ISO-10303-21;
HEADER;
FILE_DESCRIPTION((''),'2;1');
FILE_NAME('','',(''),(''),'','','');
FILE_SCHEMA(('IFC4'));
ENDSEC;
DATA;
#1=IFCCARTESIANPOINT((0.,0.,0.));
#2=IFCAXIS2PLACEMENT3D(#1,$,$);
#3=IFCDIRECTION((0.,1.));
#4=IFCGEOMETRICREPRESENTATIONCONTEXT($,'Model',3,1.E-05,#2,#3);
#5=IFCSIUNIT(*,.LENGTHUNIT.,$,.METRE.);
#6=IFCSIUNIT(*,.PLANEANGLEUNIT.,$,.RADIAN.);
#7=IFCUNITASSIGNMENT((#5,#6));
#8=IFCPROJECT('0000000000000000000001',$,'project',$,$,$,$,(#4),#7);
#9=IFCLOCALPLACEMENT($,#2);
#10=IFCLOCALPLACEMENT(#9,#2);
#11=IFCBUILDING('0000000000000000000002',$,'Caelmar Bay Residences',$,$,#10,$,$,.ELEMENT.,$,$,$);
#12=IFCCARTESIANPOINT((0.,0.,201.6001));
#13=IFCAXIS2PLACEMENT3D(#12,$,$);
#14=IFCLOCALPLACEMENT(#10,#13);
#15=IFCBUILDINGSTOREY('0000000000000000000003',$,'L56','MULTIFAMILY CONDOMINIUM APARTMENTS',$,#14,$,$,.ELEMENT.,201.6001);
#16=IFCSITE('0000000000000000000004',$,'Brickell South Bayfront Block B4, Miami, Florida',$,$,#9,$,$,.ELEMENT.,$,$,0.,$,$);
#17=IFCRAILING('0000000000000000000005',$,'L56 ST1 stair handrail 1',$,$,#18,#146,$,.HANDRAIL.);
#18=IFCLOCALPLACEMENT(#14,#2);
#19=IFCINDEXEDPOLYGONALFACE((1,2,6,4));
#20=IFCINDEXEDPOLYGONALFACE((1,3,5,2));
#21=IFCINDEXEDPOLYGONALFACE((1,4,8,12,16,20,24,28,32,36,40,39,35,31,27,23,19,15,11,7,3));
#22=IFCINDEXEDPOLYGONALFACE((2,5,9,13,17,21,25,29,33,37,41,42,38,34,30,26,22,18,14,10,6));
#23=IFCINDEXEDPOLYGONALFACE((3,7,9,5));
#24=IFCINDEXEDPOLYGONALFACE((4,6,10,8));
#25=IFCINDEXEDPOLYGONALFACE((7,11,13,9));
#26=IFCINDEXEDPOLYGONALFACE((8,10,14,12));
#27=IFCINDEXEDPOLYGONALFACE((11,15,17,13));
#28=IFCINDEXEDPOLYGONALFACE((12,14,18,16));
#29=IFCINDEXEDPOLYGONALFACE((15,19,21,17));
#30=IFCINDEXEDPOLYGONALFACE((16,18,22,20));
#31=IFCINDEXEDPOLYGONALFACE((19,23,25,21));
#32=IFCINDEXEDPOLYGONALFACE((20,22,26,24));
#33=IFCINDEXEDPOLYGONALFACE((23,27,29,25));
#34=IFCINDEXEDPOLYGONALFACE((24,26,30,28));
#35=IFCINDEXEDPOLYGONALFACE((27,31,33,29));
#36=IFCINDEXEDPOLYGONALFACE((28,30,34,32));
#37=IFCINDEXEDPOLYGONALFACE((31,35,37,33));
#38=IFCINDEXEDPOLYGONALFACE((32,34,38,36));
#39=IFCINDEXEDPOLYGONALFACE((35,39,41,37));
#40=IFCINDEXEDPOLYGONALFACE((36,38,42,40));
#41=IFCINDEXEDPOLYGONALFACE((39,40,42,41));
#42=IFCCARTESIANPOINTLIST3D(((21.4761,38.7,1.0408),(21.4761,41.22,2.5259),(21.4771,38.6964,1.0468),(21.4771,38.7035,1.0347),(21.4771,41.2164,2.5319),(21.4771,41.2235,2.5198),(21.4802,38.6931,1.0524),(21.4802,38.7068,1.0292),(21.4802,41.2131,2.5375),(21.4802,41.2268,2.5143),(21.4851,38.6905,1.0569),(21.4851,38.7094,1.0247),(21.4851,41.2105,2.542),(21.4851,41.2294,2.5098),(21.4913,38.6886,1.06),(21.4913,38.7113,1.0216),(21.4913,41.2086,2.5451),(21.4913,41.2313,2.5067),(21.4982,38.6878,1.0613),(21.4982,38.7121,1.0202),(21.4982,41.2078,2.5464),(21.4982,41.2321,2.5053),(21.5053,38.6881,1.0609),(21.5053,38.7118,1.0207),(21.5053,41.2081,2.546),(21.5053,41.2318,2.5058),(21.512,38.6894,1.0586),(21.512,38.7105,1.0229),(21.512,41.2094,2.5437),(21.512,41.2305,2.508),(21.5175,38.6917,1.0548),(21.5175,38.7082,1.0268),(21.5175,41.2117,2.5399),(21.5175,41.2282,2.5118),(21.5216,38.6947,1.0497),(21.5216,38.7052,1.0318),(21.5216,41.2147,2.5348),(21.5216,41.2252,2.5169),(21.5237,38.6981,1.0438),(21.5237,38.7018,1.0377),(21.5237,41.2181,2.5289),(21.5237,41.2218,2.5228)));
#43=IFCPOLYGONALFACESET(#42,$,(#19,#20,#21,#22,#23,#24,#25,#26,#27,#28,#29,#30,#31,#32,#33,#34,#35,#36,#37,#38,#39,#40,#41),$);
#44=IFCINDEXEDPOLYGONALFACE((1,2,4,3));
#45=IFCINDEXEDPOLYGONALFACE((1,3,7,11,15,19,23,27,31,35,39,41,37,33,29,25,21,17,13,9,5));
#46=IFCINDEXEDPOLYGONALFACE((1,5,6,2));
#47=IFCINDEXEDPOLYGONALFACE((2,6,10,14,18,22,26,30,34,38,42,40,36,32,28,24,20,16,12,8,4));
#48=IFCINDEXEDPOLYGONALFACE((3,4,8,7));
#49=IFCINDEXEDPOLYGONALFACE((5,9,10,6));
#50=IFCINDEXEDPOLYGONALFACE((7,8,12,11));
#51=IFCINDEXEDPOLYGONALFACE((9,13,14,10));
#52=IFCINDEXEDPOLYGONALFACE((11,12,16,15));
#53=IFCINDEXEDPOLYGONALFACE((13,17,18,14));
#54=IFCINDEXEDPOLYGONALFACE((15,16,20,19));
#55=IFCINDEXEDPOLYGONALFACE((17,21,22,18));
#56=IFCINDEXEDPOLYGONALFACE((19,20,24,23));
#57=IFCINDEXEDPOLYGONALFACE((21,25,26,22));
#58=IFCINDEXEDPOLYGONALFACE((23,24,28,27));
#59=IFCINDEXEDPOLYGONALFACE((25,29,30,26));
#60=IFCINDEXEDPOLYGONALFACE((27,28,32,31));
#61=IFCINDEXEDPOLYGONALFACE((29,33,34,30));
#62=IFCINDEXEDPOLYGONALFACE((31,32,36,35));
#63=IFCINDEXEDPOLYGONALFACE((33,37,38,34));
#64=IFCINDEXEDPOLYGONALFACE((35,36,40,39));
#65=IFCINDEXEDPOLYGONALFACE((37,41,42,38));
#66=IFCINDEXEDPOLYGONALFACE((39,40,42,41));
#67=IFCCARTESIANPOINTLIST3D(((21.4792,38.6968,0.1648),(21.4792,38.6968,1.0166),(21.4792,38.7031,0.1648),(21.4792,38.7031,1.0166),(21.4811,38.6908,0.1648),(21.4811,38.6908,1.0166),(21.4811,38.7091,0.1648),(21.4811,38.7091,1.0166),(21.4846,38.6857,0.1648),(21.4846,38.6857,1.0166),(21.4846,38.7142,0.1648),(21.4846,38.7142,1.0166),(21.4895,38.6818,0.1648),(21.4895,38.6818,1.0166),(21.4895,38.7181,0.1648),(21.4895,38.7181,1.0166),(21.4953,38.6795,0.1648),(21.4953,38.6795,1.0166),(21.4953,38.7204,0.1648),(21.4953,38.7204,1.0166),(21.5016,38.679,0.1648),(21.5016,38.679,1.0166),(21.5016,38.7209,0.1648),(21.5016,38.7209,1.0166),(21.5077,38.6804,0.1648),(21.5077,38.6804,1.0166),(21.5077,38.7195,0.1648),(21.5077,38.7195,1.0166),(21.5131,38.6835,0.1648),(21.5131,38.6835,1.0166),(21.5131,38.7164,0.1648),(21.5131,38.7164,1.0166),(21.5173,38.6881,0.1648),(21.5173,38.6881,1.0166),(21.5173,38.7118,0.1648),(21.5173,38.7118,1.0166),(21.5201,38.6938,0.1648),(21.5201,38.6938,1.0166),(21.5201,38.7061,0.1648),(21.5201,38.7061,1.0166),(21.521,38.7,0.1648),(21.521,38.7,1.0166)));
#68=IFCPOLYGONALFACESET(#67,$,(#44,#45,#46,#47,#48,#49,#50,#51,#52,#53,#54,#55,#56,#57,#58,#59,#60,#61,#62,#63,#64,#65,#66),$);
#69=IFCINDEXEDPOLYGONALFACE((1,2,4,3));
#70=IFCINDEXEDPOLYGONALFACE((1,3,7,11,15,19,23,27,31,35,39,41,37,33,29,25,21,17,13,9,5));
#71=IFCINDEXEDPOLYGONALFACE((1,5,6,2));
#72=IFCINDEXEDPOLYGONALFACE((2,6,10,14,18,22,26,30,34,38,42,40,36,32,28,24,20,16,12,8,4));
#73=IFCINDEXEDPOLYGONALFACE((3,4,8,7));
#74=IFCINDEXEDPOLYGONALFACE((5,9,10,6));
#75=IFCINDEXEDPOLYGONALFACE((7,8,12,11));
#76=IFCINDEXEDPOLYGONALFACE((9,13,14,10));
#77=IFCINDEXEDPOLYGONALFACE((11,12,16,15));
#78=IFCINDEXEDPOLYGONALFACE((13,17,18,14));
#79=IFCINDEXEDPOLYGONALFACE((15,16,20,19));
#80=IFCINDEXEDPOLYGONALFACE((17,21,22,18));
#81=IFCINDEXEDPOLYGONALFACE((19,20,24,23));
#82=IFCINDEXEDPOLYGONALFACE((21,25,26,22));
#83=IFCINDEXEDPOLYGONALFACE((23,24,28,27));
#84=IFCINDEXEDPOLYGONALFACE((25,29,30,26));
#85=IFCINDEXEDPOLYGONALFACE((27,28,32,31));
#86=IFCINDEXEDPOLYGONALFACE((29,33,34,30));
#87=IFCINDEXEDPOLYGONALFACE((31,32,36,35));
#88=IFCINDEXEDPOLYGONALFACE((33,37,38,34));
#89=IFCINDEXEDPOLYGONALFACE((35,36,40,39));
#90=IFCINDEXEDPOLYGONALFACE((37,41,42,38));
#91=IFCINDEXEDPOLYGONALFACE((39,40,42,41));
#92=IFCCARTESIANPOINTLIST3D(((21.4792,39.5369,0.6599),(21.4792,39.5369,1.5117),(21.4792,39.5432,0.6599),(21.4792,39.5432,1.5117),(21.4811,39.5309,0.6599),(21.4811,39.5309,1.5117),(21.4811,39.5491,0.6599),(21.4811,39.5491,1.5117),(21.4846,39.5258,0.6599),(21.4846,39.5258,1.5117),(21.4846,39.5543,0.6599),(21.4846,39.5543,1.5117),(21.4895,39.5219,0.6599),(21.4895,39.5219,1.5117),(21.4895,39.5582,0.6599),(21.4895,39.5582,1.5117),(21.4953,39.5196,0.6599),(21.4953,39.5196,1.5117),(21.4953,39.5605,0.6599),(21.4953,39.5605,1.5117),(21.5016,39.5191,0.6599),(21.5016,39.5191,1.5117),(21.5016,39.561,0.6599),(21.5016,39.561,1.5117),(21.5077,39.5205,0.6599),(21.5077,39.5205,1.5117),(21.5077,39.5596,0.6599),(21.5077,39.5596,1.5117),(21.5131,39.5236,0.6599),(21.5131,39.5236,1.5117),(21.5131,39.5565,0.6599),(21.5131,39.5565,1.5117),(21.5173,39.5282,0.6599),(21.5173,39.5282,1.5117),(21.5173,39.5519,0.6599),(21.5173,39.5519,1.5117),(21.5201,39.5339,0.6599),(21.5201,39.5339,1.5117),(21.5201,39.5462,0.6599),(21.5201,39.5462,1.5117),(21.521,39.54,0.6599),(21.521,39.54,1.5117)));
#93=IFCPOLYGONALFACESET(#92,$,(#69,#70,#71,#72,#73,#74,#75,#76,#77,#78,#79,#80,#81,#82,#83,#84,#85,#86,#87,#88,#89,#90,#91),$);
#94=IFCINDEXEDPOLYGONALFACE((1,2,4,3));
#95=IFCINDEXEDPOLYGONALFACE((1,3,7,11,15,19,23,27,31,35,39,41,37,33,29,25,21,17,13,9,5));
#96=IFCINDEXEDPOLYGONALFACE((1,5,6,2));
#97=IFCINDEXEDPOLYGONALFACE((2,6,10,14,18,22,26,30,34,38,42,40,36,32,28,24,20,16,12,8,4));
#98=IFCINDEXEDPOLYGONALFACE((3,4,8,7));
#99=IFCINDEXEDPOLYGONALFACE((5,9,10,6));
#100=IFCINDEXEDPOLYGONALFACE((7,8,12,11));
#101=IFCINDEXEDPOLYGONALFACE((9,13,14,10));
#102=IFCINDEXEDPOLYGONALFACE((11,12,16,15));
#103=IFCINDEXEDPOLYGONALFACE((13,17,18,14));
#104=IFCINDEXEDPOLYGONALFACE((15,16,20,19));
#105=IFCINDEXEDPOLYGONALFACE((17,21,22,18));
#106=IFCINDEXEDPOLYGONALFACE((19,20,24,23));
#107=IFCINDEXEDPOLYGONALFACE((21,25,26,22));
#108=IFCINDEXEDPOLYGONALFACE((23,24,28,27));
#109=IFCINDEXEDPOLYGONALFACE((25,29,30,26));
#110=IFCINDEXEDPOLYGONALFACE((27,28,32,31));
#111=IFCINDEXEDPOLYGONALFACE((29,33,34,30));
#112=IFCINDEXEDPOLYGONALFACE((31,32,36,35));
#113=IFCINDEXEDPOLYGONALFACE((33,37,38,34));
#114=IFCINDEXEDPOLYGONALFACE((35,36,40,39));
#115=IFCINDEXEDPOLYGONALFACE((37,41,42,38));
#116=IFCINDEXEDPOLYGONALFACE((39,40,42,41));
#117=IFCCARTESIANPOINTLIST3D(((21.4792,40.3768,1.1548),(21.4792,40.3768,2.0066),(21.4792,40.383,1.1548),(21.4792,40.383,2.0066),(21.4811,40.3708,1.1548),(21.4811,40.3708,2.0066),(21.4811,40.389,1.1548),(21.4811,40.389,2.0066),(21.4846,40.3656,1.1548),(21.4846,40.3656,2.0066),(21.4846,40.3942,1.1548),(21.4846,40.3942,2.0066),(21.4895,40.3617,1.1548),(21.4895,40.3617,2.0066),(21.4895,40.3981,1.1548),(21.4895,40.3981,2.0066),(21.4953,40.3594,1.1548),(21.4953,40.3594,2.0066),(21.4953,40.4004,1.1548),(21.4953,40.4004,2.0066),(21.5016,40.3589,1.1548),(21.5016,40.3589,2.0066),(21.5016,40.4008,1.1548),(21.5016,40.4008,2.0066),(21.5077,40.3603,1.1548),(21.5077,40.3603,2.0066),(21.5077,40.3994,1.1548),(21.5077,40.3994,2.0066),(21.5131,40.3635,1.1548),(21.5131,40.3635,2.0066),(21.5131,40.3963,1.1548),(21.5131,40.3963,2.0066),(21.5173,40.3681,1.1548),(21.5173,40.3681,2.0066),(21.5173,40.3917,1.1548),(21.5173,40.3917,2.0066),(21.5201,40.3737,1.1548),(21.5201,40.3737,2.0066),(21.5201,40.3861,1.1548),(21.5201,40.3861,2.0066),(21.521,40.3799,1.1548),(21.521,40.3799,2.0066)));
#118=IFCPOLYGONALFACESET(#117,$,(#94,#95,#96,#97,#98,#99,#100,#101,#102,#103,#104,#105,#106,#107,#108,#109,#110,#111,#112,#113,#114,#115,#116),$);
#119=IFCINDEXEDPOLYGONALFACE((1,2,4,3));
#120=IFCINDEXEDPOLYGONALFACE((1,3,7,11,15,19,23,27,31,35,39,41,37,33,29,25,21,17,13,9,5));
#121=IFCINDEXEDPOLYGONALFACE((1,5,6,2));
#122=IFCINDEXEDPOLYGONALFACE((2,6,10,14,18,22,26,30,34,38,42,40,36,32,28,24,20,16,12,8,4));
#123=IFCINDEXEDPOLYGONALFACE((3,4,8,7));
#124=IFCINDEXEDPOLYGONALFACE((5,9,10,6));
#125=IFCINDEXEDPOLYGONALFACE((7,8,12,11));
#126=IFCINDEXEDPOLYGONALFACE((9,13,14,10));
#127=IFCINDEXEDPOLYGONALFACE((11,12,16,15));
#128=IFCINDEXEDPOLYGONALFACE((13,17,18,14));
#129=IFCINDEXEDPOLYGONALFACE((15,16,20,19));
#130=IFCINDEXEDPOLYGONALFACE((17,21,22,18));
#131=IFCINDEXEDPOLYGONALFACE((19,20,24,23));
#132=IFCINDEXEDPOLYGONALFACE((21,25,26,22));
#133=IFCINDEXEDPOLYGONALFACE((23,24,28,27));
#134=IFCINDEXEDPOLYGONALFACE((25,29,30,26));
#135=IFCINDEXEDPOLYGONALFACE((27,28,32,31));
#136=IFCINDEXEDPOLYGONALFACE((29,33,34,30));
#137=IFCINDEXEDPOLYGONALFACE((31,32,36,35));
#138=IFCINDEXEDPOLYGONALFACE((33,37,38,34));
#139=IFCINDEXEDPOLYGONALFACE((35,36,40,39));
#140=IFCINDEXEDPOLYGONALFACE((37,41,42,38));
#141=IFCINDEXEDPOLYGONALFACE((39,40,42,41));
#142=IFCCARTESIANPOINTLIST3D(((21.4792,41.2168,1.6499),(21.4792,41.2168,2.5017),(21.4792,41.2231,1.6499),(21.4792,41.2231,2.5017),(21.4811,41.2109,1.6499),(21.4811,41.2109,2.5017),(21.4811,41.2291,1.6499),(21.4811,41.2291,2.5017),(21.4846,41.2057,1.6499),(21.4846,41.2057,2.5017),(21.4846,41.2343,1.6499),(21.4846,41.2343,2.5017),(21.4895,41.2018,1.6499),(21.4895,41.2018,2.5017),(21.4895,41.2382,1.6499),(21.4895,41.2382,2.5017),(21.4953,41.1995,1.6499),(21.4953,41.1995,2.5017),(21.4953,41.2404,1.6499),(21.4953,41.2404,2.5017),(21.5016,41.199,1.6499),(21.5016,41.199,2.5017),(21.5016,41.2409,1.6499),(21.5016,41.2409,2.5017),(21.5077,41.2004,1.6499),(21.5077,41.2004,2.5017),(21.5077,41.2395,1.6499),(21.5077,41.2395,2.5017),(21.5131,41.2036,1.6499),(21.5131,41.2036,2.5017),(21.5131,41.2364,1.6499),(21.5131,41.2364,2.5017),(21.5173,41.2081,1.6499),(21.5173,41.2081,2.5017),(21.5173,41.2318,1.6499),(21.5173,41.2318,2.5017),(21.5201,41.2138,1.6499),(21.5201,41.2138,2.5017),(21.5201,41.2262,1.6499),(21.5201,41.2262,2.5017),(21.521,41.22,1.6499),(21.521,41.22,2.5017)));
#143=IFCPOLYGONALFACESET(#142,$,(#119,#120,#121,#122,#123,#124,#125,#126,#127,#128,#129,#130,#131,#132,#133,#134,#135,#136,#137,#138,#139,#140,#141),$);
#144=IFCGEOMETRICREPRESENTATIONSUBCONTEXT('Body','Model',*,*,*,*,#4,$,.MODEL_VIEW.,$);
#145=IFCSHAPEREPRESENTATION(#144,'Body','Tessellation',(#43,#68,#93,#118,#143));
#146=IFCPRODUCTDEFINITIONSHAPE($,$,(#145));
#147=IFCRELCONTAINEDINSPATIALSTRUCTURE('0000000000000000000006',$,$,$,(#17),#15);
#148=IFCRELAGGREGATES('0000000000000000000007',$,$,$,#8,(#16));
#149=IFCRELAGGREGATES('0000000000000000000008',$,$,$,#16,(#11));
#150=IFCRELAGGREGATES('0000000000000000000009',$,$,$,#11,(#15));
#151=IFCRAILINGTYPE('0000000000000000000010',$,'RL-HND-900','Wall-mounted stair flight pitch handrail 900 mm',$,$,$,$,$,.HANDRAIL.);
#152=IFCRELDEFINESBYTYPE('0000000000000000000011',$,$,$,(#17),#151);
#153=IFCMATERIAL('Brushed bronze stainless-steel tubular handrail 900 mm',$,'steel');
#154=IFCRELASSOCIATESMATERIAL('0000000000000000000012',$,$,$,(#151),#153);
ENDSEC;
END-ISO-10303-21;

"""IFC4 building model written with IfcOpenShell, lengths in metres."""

from ifc_helpers import new_model, si_unit, direction, frame, origin, origin_2d, place, context, subcontext, project, spatial, circle, extrude, material, type_object, element, save


model = new_model("IFC4")

# Units and contexts
model_context = context("Model", 3, precision=1e-05, world=origin(), true_north=direction((0.0, 1.0)))
body_context = subcontext(model_context, "Body", "Model", "MODEL_VIEW")
ifc_project = project(units=[si_unit("LENGTHUNIT", "METRE"), si_unit("PLANEANGLEUNIT", "RADIAN")], contexts=[model_context])

# Site, building, storey
site_placement = place(None, origin())
site = spatial("IfcSite", under=ifc_project, at=site_placement, Name="Brickell South Bayfront Block B4, Miami, Florida", CompositionType="ELEMENT", RefElevation=0.0)
building_placement = place(site_placement, origin())
building = spatial("IfcBuilding", under=site, at=building_placement, Name="Caelmar Bay Residences", CompositionType="ELEMENT")
storey_placement = place(building_placement, frame((0.0, 0.0, 201.6001)))
storey = spatial("IfcBuildingStorey", under=building, at=storey_placement, Name="L56", Description="MULTIFAMILY CONDOMINIUM APARTMENTS", CompositionType="ELEMENT", Elevation=201.6001)

# Railing
ifc_material_1 = material(Name="Brushed bronze stainless-steel tubular handrail 900 mm", Category="steel")
railing_type_1 = type_object("IfcRailingType", Name="RL-HND-900", Description="Wall-mounted stair flight pitch handrail 900 mm", PredefinedType="HANDRAIL", material=ifc_material_1)
railing_1_placement = place(storey_placement, frame((21.5, 38.7, 0.1648)))
element("IfcRailing", 1, at=railing_1_placement, inside=storey, type_object=railing_type_1, Name="L56 ST1 stair handrail 1", PredefinedType="HANDRAIL", context=body_context, shape_type="SweptSolid", body=[
    extrude(circle(Radius=0.0239, at=origin_2d()), frame((0.0, 0.0, 0.876), z_axis=(0.0, 0.861524, 0.507717), x_axis=(-1.0, 0.0, 0.0)), (0.0, 0.0, 1.0), 2.925),
    extrude(circle(Radius=0.021, at=origin_2d()), origin(), (0.0, 0.0, 1.0), 0.8518),
    extrude(circle(Radius=0.021, at=origin_2d()), frame((0.0, 0.8401, 0.4951)), (0.0, 0.0, 1.0), 0.8518),
    extrude(circle(Radius=0.021, at=origin_2d()), frame((0.0, 1.6799, 0.99)), (0.0, 0.0, 1.0), 0.8518),
    extrude(circle(Radius=0.021, at=origin_2d()), frame((0.0, 2.52, 1.4851)), (0.0, 0.0, 1.0), 0.8518),
])

save(model, "model.ifc")
